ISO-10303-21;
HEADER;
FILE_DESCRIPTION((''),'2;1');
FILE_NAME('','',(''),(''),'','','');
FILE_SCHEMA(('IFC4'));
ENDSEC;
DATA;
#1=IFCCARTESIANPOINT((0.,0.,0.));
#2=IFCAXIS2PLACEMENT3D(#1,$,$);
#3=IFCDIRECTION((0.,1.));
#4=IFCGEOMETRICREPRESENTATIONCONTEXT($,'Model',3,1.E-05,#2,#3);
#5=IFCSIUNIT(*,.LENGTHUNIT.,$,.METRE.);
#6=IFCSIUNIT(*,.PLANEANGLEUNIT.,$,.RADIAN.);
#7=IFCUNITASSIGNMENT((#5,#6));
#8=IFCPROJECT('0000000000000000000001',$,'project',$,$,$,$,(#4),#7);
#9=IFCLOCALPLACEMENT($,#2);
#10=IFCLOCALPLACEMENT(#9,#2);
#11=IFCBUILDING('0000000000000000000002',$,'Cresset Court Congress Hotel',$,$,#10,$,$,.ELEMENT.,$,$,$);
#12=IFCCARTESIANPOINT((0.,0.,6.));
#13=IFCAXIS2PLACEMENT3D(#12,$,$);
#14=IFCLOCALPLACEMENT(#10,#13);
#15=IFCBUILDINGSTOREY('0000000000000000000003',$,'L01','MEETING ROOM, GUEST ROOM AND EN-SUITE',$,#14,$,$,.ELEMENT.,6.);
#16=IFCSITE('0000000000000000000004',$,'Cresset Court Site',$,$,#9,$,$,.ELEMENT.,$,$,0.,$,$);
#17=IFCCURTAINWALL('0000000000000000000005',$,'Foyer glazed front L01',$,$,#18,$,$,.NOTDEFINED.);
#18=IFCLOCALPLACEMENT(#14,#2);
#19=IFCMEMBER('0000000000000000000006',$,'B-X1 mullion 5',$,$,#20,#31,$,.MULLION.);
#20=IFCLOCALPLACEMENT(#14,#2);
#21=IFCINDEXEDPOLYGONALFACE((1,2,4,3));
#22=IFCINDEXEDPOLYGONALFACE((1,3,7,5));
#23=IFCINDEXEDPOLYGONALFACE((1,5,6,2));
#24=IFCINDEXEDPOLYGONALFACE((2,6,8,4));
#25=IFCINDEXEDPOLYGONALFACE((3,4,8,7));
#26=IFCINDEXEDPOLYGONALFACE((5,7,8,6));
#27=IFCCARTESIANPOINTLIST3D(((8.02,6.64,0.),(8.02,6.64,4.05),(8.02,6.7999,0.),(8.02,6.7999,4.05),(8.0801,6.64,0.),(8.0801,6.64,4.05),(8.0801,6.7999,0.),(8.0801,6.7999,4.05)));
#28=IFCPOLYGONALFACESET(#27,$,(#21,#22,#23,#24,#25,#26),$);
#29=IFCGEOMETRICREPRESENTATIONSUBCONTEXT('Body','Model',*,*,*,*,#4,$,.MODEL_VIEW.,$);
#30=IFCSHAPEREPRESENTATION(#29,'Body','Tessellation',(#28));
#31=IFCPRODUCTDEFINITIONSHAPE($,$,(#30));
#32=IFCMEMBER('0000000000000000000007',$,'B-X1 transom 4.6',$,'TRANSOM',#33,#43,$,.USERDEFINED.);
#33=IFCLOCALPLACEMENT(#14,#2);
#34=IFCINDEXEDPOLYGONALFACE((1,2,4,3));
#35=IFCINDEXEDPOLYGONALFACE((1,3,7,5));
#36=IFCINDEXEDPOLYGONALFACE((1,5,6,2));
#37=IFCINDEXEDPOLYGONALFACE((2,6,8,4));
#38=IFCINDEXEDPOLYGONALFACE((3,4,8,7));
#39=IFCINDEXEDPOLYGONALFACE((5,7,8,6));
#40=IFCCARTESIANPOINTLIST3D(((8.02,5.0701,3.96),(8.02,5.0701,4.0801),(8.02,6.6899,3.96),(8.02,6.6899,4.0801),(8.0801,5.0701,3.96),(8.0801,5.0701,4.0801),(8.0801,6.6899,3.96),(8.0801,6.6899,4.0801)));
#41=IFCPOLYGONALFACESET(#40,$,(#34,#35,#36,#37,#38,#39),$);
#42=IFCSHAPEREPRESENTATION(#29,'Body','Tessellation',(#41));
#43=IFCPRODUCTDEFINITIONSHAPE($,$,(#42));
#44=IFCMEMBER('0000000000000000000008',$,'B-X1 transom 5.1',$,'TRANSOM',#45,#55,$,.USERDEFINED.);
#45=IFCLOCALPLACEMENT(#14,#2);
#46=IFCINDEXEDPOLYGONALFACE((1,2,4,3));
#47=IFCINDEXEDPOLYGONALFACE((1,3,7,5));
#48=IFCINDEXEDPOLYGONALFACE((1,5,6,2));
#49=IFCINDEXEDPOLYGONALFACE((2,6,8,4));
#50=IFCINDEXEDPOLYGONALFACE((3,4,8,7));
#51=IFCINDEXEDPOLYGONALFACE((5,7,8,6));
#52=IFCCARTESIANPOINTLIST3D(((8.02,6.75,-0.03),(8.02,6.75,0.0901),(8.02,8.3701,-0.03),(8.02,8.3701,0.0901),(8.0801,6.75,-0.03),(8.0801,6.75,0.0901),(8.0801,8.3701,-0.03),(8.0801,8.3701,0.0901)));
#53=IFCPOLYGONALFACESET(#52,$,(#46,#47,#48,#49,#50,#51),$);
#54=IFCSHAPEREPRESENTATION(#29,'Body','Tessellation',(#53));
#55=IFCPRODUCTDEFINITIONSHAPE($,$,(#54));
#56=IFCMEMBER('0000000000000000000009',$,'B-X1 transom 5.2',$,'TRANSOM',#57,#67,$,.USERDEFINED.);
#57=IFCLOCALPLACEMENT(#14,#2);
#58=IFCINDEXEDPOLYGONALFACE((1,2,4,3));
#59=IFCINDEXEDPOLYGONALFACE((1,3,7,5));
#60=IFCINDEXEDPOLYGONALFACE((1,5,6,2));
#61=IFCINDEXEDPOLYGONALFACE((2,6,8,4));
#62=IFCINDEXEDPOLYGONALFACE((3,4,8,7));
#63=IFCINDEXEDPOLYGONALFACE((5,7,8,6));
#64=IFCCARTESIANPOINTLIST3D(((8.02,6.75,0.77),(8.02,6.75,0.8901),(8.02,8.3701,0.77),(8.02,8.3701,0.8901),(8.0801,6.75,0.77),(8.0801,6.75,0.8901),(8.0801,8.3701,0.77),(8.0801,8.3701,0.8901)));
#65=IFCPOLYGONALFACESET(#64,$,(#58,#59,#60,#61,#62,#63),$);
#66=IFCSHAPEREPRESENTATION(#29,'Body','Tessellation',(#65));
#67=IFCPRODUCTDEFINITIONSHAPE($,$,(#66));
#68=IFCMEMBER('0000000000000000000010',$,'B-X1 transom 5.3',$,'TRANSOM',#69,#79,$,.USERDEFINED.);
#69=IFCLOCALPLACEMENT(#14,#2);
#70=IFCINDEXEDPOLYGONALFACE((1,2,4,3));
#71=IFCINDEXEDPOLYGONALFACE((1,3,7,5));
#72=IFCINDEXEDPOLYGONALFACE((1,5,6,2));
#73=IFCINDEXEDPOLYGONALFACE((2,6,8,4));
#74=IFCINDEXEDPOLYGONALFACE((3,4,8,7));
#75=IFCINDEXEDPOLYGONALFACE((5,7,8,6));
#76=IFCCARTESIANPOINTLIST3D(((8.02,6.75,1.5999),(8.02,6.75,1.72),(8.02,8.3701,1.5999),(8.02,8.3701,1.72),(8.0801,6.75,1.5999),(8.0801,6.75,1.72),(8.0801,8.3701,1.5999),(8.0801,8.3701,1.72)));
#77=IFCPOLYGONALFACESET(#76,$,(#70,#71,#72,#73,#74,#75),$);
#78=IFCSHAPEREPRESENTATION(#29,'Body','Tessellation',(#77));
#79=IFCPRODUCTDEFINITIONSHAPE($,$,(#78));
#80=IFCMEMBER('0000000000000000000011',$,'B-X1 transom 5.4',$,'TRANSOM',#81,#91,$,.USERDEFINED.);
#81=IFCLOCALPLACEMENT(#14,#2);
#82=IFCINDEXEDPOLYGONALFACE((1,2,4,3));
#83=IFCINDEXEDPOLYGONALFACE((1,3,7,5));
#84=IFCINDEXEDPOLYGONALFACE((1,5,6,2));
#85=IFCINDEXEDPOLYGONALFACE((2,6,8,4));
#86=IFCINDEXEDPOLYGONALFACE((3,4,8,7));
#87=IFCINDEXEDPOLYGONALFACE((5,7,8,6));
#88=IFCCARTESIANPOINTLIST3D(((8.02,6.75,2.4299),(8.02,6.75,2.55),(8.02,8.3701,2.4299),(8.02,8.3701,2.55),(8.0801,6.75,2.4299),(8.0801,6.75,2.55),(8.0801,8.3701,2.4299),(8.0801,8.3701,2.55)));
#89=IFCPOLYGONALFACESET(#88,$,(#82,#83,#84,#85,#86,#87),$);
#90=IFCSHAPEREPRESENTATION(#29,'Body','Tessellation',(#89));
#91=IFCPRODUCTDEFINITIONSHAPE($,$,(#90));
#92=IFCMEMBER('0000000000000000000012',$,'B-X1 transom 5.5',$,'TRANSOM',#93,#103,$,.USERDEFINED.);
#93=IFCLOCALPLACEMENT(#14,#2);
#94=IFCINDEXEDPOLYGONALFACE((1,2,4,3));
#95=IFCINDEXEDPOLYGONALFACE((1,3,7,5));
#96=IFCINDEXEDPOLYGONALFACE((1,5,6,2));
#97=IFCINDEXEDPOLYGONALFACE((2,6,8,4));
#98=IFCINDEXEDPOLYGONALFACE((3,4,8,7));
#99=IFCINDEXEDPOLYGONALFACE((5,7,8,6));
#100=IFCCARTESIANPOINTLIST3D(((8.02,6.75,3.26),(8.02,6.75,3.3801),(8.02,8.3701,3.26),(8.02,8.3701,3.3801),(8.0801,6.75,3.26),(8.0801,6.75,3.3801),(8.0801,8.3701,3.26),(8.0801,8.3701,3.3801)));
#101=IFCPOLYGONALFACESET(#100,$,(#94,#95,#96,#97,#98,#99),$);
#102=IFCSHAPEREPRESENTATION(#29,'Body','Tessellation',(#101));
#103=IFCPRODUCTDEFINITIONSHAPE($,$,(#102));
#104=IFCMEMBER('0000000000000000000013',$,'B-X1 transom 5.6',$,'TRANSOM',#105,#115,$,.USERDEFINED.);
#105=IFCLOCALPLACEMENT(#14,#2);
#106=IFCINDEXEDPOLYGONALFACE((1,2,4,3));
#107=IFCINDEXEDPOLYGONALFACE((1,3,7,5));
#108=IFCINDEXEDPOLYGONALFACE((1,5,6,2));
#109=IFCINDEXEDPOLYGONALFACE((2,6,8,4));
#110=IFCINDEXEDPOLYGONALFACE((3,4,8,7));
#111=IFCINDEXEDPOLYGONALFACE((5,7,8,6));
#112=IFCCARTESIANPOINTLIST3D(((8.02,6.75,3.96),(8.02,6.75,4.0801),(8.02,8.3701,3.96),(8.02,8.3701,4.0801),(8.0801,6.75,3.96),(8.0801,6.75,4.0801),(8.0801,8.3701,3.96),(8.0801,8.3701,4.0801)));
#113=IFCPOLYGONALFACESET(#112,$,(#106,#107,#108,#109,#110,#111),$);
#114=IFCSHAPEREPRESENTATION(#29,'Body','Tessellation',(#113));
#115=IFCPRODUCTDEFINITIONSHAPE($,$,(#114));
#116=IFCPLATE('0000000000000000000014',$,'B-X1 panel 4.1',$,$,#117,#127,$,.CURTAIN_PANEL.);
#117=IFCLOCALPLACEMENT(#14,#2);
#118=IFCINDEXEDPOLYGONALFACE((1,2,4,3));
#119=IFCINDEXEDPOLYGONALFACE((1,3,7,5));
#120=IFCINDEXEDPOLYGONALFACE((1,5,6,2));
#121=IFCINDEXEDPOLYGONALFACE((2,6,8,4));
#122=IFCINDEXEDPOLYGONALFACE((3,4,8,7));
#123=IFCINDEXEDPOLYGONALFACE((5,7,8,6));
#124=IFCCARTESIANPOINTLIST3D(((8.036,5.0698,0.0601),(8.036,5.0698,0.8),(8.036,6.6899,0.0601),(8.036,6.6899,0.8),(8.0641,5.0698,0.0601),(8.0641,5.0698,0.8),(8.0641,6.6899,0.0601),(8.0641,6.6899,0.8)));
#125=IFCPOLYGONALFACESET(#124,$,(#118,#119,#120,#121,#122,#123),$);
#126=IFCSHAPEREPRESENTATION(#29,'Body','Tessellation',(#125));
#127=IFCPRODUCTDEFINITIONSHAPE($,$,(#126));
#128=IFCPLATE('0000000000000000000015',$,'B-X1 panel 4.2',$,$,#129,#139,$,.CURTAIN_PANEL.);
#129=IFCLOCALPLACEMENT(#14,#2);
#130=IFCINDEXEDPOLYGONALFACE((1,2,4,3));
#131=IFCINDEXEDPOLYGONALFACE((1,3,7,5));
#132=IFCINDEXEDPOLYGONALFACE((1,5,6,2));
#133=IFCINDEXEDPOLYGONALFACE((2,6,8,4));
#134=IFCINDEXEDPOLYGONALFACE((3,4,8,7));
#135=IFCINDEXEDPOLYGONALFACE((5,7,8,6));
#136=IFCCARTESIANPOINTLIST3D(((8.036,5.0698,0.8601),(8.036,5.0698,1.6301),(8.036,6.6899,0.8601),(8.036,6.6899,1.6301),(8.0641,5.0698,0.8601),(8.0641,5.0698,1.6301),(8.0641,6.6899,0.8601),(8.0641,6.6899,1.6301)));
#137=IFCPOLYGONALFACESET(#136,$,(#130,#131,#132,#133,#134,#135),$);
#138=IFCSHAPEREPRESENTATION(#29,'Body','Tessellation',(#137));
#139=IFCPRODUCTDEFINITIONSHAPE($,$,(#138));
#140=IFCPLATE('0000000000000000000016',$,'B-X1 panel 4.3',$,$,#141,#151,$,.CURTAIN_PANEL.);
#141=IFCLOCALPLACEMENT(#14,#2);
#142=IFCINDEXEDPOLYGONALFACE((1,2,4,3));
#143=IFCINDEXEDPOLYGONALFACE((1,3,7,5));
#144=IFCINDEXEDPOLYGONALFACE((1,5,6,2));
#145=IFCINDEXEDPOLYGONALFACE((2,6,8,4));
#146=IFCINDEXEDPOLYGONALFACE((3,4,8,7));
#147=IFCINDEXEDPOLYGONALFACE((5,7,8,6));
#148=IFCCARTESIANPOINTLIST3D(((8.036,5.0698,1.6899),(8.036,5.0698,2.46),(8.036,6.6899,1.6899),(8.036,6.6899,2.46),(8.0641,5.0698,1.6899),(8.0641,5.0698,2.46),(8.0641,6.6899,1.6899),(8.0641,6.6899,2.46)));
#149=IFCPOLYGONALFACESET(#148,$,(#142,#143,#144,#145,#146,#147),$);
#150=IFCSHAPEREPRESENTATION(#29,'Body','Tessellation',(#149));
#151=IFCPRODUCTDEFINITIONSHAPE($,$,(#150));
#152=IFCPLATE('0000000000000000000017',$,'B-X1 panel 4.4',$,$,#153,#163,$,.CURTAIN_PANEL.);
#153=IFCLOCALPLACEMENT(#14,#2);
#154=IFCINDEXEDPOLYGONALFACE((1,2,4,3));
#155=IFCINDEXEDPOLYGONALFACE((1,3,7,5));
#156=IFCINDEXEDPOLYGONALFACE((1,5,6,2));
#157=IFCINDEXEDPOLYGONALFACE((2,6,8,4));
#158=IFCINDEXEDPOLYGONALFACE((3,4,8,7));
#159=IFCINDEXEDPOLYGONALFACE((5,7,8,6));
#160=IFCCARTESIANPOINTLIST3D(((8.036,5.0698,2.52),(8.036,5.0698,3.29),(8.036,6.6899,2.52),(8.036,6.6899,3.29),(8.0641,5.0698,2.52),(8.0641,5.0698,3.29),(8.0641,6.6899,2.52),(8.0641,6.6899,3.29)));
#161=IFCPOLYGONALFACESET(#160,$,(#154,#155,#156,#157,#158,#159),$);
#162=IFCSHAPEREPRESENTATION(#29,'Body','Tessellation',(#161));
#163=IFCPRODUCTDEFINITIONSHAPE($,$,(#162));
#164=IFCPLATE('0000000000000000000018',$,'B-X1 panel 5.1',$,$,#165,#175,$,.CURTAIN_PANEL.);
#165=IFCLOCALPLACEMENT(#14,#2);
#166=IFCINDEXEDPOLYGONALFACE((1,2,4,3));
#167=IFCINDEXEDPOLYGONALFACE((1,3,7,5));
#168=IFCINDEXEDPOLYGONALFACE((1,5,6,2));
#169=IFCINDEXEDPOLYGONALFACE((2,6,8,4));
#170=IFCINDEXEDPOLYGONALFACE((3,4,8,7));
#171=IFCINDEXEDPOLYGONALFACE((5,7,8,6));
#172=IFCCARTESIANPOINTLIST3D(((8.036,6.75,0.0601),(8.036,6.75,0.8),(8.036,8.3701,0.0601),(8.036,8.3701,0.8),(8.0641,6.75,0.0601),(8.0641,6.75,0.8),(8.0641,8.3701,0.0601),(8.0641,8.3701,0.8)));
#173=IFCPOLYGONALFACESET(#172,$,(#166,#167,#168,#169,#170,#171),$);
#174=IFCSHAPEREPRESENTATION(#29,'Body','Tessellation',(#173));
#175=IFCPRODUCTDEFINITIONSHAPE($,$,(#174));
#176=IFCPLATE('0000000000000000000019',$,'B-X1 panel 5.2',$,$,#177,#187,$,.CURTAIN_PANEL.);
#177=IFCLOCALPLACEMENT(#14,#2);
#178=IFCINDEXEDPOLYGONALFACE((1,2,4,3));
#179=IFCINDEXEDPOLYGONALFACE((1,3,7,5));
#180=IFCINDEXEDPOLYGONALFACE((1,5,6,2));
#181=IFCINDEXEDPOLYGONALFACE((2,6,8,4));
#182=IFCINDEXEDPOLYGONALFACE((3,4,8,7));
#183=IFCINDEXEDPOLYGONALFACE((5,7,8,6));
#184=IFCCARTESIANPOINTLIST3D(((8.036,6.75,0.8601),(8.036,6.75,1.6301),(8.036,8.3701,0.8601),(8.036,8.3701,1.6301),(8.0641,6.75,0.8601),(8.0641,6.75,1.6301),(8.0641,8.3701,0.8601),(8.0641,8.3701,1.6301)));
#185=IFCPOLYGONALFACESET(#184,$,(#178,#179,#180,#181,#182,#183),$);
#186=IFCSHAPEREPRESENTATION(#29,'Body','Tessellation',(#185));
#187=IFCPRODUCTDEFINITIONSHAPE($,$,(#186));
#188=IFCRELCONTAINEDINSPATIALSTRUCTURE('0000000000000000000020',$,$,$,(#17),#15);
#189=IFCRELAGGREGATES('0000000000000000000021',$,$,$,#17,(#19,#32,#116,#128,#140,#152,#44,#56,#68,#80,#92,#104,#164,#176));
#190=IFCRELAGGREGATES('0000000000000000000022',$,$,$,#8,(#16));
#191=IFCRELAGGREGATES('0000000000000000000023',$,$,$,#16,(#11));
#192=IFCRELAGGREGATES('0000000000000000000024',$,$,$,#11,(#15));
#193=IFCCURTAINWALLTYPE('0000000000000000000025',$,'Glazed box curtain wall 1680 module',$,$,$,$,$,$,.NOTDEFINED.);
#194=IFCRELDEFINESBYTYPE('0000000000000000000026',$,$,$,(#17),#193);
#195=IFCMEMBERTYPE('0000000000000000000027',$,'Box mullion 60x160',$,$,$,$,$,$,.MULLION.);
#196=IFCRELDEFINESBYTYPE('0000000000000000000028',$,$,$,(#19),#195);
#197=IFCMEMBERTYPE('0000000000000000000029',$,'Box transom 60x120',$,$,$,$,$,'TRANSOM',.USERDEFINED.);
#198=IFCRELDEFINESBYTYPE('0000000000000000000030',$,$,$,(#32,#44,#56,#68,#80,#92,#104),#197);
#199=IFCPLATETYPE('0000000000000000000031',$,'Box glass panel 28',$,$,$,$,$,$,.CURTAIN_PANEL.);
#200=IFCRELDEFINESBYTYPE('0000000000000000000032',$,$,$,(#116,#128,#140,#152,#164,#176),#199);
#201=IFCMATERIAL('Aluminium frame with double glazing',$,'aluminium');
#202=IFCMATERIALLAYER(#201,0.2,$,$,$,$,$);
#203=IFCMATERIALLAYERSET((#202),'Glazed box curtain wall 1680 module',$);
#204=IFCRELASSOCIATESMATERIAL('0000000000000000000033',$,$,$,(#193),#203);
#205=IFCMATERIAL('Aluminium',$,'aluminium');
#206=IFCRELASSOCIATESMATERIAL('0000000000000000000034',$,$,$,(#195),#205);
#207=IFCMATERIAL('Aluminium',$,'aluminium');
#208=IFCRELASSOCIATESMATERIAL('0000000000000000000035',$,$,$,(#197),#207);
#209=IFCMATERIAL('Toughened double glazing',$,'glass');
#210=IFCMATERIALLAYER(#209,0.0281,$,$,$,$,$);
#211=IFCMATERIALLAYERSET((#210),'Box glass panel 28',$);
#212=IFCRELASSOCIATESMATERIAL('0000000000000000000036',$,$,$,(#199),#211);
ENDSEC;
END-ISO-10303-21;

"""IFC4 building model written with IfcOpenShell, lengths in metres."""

from ifc_helpers import new_model, si_unit, direction, frame, origin, origin_2d, place, context, subcontext, project, spatial, rectangle, extrude, material, layer, layer_set, material_profile, profile_set, type_object, element, aggregate, save


model = new_model("IFC4")

# Units and contexts
model_context = context("Model", 3, precision=1e-05, world=origin(), true_north=direction((0.0, 1.0)))
body_context = subcontext(model_context, "Body", "Model", "MODEL_VIEW")
ifc_project = project(units=[si_unit("LENGTHUNIT", "METRE"), si_unit("PLANEANGLEUNIT", "RADIAN")], contexts=[model_context])

# Site, building, storey
site_placement = place(None, origin())
site = spatial("IfcSite", under=ifc_project, at=site_placement, Name="Cresset Court Site", CompositionType="ELEMENT", RefElevation=0.0)
building_placement = place(site_placement, origin())
building = spatial("IfcBuilding", under=site, at=building_placement, Name="Cresset Court Congress Hotel", CompositionType="ELEMENT")
storey_placement = place(building_placement, frame((0.0, 0.0, 6.0)))
storey = spatial("IfcBuildingStorey", under=building, at=storey_placement, Name="L01", Description="MEETING ROOM, GUEST ROOM AND EN-SUITE", CompositionType="ELEMENT", Elevation=6.0)

# Curtain wall, members, plates
ifc_material_1 = material(Name="Aluminium frame with double glazing", Category="aluminium")
ifc_layer_1 = layer(ifc_material_1, 0.2)
ifc_layer_set_1 = layer_set([ifc_layer_1], Name="Glazed box curtain wall 1680 module")
curtain_wall_type = type_object("IfcCurtainWallType", Name="Glazed box curtain wall 1680 module", PredefinedType="NOTDEFINED", material=ifc_layer_set_1)
curtain_wall_placement = place(storey_placement, origin())
curtain_wall = element("IfcCurtainWall", 1, at=curtain_wall_placement, inside=storey, type_object=curtain_wall_type, Name="Foyer glazed front L01", PredefinedType="NOTDEFINED")
ifc_material_2 = material(Name="Aluminium", Category="aluminium")
ifc_material_profile_1 = material_profile(ifc_material_2, rectangle(XDim=0.0601, YDim=0.1599, at=origin_2d()), Name="Box mullion 60x160")
ifc_profile_set_1 = profile_set([ifc_material_profile_1], Name="Aluminium")
member_type_1 = type_object("IfcMemberType", Name="Box mullion 60x160", PredefinedType="MULLION", material=ifc_profile_set_1)
member_1_placement = place(storey_placement, frame((8.05, 6.72, 0.0), z_axis=(0.0, 0.0, 1.0), x_axis=(-1.0, 0.0, 0.0)))
member_1 = element("IfcMember", 2, at=member_1_placement, type_object=member_type_1, Name="B-X1 mullion 5", PredefinedType="MULLION", context=body_context, shape_type="SweptSolid", body=[
    extrude(rectangle(XDim=0.0601, YDim=0.1599, at=origin_2d()), origin(), (0.0, 0.0, 1.0), 4.05),
])
ifc_material_3 = material(Name="Aluminium", Category="aluminium")
ifc_material_profile_2 = material_profile(ifc_material_3, rectangle(XDim=0.0601, YDim=0.1201, at=origin_2d()), Name="Box transom 60x120")
ifc_profile_set_2 = profile_set([ifc_material_profile_2], Name="Aluminium")
member_type_2 = type_object("IfcMemberType", Name="Box transom 60x120", ElementType="TRANSOM", PredefinedType="USERDEFINED", material=ifc_profile_set_2)
member_2_placement = place(storey_placement, frame((8.05, 5.0701, 4.02), z_axis=(0.0, 1.0, 0.0), x_axis=(-1.0, 0.0, 0.0)))
member_2 = element("IfcMember", 3, at=member_2_placement, type_object=member_type_2, Name="B-X1 transom 4.6", ObjectType="TRANSOM", PredefinedType="USERDEFINED", context=body_context, shape_type="SweptSolid", body=[
    extrude(rectangle(XDim=0.0601, YDim=0.1201, at=origin_2d()), origin(), (0.0, 0.0, 1.0), 1.6199),
])
member_3_placement = place(storey_placement, frame((8.05, 6.75, 0.03), z_axis=(0.0, 1.0, 0.0), x_axis=(-1.0, 0.0, 0.0)))
member_3 = element("IfcMember", 4, at=member_3_placement, type_object=member_type_2, Name="B-X1 transom 5.1", ObjectType="TRANSOM", PredefinedType="USERDEFINED", context=body_context, shape_type="SweptSolid", body=[
    extrude(rectangle(XDim=0.0601, YDim=0.1201, at=origin_2d()), origin(), (0.0, 0.0, 1.0), 1.6201),
])
member_4_placement = place(storey_placement, frame((8.05, 6.75, 0.8301), z_axis=(0.0, 1.0, 0.0), x_axis=(-1.0, 0.0, 0.0)))
member_4 = element("IfcMember", 5, at=member_4_placement, type_object=member_type_2, Name="B-X1 transom 5.2", ObjectType="TRANSOM", PredefinedType="USERDEFINED", context=body_context, shape_type="SweptSolid", body=[
    extrude(rectangle(XDim=0.0601, YDim=0.1201, at=origin_2d()), origin(), (0.0, 0.0, 1.0), 1.6201),
])
member_5_placement = place(storey_placement, frame((8.05, 6.75, 1.6599), z_axis=(0.0, 1.0, 0.0), x_axis=(-1.0, 0.0, 0.0)))
member_5 = element("IfcMember", 6, at=member_5_placement, type_object=member_type_2, Name="B-X1 transom 5.3", ObjectType="TRANSOM", PredefinedType="USERDEFINED", context=body_context, shape_type="SweptSolid", body=[
    extrude(rectangle(XDim=0.0601, YDim=0.1201, at=origin_2d()), origin(), (0.0, 0.0, 1.0), 1.6201),
])
member_6_placement = place(storey_placement, frame((8.05, 6.75, 2.49), z_axis=(0.0, 1.0, 0.0), x_axis=(-1.0, 0.0, 0.0)))
member_6 = element("IfcMember", 7, at=member_6_placement, type_object=member_type_2, Name="B-X1 transom 5.4", ObjectType="TRANSOM", PredefinedType="USERDEFINED", context=body_context, shape_type="SweptSolid", body=[
    extrude(rectangle(XDim=0.0601, YDim=0.1201, at=origin_2d()), origin(), (0.0, 0.0, 1.0), 1.6201),
])
member_7_placement = place(storey_placement, frame((8.05, 6.75, 3.3201), z_axis=(0.0, 1.0, 0.0), x_axis=(-1.0, 0.0, 0.0)))
member_7 = element("IfcMember", 8, at=member_7_placement, type_object=member_type_2, Name="B-X1 transom 5.5", ObjectType="TRANSOM", PredefinedType="USERDEFINED", context=body_context, shape_type="SweptSolid", body=[
    extrude(rectangle(XDim=0.0601, YDim=0.1201, at=origin_2d()), origin(), (0.0, 0.0, 1.0), 1.6201),
])
member_8_placement = place(storey_placement, frame((8.05, 6.75, 4.02), z_axis=(0.0, 1.0, 0.0), x_axis=(-1.0, 0.0, 0.0)))
member_8 = element("IfcMember", 9, at=member_8_placement, type_object=member_type_2, Name="B-X1 transom 5.6", ObjectType="TRANSOM", PredefinedType="USERDEFINED", context=body_context, shape_type="SweptSolid", body=[
    extrude(rectangle(XDim=0.0601, YDim=0.1201, at=origin_2d()), origin(), (0.0, 0.0, 1.0), 1.6201),
])
ifc_material_4 = material(Name="Toughened double glazing", Category="glass")
ifc_layer_2 = layer(ifc_material_4, 0.0281)
ifc_layer_set_2 = layer_set([ifc_layer_2], Name="Box glass panel 28")
plate_type_1 = type_object("IfcPlateType", Name="Box glass panel 28", PredefinedType="CURTAIN_PANEL", material=ifc_layer_set_2)
plate_1_placement = place(storey_placement, frame((8.05, 5.8799, 0.0601), z_axis=(0.0, 0.0, 1.0), x_axis=(0.0, 1.0, 0.0)))
plate_1 = element("IfcPlate", 10, at=plate_1_placement, type_object=plate_type_1, Name="B-X1 panel 4.1", PredefinedType="CURTAIN_PANEL", context=body_context, shape_type="SweptSolid", body=[
    extrude(rectangle(XDim=1.6201, YDim=0.0281, at=origin_2d()), origin(), (0.0, 0.0, 1.0), 0.74),
])
plate_2_placement = place(storey_placement, frame((8.05, 5.8799, 0.8601), z_axis=(0.0, 0.0, 1.0), x_axis=(0.0, 1.0, 0.0)))
plate_2 = element("IfcPlate", 11, at=plate_2_placement, type_object=plate_type_1, Name="B-X1 panel 4.2", PredefinedType="CURTAIN_PANEL", context=body_context, shape_type="SweptSolid", body=[
    extrude(rectangle(XDim=1.6201, YDim=0.0281, at=origin_2d()), origin(), (0.0, 0.0, 1.0), 0.77),
])
plate_3_placement = place(storey_placement, frame((8.05, 5.8799, 1.6899), z_axis=(0.0, 0.0, 1.0), x_axis=(0.0, 1.0, 0.0)))
plate_3 = element("IfcPlate", 12, at=plate_3_placement, type_object=plate_type_1, Name="B-X1 panel 4.3", PredefinedType="CURTAIN_PANEL", context=body_context, shape_type="SweptSolid", body=[
    extrude(rectangle(XDim=1.6201, YDim=0.0281, at=origin_2d()), origin(), (0.0, 0.0, 1.0), 0.77),
])
plate_4_placement = place(storey_placement, frame((8.05, 5.8799, 2.52), z_axis=(0.0, 0.0, 1.0), x_axis=(0.0, 1.0, 0.0)))
plate_4 = element("IfcPlate", 13, at=plate_4_placement, type_object=plate_type_1, Name="B-X1 panel 4.4", PredefinedType="CURTAIN_PANEL", context=body_context, shape_type="SweptSolid", body=[
    extrude(rectangle(XDim=1.6201, YDim=0.0281, at=origin_2d()), origin(), (0.0, 0.0, 1.0), 0.77),
])
plate_5_placement = place(storey_placement, frame((8.05, 7.5601, 0.0601), z_axis=(0.0, 0.0, 1.0), x_axis=(0.0, 1.0, 0.0)))
plate_5 = element("IfcPlate", 14, at=plate_5_placement, type_object=plate_type_1, Name="B-X1 panel 5.1", PredefinedType="CURTAIN_PANEL", context=body_context, shape_type="SweptSolid", body=[
    extrude(rectangle(XDim=1.6201, YDim=0.0281, at=origin_2d()), origin(), (0.0, 0.0, 1.0), 0.74),
])
plate_6_placement = place(storey_placement, frame((8.05, 7.5601, 0.8601), z_axis=(0.0, 0.0, 1.0), x_axis=(0.0, 1.0, 0.0)))
plate_6 = element("IfcPlate", 15, at=plate_6_placement, type_object=plate_type_1, Name="B-X1 panel 5.2", PredefinedType="CURTAIN_PANEL", context=body_context, shape_type="SweptSolid", body=[
    extrude(rectangle(XDim=1.6201, YDim=0.0281, at=origin_2d()), origin(), (0.0, 0.0, 1.0), 0.77),
])
aggregate(curtain_wall, [member_1, member_2, plate_1, plate_2, plate_3, plate_4, member_3, member_4, member_5, member_6, member_7, member_8, plate_5, plate_6])

save(model, "model.ifc")
